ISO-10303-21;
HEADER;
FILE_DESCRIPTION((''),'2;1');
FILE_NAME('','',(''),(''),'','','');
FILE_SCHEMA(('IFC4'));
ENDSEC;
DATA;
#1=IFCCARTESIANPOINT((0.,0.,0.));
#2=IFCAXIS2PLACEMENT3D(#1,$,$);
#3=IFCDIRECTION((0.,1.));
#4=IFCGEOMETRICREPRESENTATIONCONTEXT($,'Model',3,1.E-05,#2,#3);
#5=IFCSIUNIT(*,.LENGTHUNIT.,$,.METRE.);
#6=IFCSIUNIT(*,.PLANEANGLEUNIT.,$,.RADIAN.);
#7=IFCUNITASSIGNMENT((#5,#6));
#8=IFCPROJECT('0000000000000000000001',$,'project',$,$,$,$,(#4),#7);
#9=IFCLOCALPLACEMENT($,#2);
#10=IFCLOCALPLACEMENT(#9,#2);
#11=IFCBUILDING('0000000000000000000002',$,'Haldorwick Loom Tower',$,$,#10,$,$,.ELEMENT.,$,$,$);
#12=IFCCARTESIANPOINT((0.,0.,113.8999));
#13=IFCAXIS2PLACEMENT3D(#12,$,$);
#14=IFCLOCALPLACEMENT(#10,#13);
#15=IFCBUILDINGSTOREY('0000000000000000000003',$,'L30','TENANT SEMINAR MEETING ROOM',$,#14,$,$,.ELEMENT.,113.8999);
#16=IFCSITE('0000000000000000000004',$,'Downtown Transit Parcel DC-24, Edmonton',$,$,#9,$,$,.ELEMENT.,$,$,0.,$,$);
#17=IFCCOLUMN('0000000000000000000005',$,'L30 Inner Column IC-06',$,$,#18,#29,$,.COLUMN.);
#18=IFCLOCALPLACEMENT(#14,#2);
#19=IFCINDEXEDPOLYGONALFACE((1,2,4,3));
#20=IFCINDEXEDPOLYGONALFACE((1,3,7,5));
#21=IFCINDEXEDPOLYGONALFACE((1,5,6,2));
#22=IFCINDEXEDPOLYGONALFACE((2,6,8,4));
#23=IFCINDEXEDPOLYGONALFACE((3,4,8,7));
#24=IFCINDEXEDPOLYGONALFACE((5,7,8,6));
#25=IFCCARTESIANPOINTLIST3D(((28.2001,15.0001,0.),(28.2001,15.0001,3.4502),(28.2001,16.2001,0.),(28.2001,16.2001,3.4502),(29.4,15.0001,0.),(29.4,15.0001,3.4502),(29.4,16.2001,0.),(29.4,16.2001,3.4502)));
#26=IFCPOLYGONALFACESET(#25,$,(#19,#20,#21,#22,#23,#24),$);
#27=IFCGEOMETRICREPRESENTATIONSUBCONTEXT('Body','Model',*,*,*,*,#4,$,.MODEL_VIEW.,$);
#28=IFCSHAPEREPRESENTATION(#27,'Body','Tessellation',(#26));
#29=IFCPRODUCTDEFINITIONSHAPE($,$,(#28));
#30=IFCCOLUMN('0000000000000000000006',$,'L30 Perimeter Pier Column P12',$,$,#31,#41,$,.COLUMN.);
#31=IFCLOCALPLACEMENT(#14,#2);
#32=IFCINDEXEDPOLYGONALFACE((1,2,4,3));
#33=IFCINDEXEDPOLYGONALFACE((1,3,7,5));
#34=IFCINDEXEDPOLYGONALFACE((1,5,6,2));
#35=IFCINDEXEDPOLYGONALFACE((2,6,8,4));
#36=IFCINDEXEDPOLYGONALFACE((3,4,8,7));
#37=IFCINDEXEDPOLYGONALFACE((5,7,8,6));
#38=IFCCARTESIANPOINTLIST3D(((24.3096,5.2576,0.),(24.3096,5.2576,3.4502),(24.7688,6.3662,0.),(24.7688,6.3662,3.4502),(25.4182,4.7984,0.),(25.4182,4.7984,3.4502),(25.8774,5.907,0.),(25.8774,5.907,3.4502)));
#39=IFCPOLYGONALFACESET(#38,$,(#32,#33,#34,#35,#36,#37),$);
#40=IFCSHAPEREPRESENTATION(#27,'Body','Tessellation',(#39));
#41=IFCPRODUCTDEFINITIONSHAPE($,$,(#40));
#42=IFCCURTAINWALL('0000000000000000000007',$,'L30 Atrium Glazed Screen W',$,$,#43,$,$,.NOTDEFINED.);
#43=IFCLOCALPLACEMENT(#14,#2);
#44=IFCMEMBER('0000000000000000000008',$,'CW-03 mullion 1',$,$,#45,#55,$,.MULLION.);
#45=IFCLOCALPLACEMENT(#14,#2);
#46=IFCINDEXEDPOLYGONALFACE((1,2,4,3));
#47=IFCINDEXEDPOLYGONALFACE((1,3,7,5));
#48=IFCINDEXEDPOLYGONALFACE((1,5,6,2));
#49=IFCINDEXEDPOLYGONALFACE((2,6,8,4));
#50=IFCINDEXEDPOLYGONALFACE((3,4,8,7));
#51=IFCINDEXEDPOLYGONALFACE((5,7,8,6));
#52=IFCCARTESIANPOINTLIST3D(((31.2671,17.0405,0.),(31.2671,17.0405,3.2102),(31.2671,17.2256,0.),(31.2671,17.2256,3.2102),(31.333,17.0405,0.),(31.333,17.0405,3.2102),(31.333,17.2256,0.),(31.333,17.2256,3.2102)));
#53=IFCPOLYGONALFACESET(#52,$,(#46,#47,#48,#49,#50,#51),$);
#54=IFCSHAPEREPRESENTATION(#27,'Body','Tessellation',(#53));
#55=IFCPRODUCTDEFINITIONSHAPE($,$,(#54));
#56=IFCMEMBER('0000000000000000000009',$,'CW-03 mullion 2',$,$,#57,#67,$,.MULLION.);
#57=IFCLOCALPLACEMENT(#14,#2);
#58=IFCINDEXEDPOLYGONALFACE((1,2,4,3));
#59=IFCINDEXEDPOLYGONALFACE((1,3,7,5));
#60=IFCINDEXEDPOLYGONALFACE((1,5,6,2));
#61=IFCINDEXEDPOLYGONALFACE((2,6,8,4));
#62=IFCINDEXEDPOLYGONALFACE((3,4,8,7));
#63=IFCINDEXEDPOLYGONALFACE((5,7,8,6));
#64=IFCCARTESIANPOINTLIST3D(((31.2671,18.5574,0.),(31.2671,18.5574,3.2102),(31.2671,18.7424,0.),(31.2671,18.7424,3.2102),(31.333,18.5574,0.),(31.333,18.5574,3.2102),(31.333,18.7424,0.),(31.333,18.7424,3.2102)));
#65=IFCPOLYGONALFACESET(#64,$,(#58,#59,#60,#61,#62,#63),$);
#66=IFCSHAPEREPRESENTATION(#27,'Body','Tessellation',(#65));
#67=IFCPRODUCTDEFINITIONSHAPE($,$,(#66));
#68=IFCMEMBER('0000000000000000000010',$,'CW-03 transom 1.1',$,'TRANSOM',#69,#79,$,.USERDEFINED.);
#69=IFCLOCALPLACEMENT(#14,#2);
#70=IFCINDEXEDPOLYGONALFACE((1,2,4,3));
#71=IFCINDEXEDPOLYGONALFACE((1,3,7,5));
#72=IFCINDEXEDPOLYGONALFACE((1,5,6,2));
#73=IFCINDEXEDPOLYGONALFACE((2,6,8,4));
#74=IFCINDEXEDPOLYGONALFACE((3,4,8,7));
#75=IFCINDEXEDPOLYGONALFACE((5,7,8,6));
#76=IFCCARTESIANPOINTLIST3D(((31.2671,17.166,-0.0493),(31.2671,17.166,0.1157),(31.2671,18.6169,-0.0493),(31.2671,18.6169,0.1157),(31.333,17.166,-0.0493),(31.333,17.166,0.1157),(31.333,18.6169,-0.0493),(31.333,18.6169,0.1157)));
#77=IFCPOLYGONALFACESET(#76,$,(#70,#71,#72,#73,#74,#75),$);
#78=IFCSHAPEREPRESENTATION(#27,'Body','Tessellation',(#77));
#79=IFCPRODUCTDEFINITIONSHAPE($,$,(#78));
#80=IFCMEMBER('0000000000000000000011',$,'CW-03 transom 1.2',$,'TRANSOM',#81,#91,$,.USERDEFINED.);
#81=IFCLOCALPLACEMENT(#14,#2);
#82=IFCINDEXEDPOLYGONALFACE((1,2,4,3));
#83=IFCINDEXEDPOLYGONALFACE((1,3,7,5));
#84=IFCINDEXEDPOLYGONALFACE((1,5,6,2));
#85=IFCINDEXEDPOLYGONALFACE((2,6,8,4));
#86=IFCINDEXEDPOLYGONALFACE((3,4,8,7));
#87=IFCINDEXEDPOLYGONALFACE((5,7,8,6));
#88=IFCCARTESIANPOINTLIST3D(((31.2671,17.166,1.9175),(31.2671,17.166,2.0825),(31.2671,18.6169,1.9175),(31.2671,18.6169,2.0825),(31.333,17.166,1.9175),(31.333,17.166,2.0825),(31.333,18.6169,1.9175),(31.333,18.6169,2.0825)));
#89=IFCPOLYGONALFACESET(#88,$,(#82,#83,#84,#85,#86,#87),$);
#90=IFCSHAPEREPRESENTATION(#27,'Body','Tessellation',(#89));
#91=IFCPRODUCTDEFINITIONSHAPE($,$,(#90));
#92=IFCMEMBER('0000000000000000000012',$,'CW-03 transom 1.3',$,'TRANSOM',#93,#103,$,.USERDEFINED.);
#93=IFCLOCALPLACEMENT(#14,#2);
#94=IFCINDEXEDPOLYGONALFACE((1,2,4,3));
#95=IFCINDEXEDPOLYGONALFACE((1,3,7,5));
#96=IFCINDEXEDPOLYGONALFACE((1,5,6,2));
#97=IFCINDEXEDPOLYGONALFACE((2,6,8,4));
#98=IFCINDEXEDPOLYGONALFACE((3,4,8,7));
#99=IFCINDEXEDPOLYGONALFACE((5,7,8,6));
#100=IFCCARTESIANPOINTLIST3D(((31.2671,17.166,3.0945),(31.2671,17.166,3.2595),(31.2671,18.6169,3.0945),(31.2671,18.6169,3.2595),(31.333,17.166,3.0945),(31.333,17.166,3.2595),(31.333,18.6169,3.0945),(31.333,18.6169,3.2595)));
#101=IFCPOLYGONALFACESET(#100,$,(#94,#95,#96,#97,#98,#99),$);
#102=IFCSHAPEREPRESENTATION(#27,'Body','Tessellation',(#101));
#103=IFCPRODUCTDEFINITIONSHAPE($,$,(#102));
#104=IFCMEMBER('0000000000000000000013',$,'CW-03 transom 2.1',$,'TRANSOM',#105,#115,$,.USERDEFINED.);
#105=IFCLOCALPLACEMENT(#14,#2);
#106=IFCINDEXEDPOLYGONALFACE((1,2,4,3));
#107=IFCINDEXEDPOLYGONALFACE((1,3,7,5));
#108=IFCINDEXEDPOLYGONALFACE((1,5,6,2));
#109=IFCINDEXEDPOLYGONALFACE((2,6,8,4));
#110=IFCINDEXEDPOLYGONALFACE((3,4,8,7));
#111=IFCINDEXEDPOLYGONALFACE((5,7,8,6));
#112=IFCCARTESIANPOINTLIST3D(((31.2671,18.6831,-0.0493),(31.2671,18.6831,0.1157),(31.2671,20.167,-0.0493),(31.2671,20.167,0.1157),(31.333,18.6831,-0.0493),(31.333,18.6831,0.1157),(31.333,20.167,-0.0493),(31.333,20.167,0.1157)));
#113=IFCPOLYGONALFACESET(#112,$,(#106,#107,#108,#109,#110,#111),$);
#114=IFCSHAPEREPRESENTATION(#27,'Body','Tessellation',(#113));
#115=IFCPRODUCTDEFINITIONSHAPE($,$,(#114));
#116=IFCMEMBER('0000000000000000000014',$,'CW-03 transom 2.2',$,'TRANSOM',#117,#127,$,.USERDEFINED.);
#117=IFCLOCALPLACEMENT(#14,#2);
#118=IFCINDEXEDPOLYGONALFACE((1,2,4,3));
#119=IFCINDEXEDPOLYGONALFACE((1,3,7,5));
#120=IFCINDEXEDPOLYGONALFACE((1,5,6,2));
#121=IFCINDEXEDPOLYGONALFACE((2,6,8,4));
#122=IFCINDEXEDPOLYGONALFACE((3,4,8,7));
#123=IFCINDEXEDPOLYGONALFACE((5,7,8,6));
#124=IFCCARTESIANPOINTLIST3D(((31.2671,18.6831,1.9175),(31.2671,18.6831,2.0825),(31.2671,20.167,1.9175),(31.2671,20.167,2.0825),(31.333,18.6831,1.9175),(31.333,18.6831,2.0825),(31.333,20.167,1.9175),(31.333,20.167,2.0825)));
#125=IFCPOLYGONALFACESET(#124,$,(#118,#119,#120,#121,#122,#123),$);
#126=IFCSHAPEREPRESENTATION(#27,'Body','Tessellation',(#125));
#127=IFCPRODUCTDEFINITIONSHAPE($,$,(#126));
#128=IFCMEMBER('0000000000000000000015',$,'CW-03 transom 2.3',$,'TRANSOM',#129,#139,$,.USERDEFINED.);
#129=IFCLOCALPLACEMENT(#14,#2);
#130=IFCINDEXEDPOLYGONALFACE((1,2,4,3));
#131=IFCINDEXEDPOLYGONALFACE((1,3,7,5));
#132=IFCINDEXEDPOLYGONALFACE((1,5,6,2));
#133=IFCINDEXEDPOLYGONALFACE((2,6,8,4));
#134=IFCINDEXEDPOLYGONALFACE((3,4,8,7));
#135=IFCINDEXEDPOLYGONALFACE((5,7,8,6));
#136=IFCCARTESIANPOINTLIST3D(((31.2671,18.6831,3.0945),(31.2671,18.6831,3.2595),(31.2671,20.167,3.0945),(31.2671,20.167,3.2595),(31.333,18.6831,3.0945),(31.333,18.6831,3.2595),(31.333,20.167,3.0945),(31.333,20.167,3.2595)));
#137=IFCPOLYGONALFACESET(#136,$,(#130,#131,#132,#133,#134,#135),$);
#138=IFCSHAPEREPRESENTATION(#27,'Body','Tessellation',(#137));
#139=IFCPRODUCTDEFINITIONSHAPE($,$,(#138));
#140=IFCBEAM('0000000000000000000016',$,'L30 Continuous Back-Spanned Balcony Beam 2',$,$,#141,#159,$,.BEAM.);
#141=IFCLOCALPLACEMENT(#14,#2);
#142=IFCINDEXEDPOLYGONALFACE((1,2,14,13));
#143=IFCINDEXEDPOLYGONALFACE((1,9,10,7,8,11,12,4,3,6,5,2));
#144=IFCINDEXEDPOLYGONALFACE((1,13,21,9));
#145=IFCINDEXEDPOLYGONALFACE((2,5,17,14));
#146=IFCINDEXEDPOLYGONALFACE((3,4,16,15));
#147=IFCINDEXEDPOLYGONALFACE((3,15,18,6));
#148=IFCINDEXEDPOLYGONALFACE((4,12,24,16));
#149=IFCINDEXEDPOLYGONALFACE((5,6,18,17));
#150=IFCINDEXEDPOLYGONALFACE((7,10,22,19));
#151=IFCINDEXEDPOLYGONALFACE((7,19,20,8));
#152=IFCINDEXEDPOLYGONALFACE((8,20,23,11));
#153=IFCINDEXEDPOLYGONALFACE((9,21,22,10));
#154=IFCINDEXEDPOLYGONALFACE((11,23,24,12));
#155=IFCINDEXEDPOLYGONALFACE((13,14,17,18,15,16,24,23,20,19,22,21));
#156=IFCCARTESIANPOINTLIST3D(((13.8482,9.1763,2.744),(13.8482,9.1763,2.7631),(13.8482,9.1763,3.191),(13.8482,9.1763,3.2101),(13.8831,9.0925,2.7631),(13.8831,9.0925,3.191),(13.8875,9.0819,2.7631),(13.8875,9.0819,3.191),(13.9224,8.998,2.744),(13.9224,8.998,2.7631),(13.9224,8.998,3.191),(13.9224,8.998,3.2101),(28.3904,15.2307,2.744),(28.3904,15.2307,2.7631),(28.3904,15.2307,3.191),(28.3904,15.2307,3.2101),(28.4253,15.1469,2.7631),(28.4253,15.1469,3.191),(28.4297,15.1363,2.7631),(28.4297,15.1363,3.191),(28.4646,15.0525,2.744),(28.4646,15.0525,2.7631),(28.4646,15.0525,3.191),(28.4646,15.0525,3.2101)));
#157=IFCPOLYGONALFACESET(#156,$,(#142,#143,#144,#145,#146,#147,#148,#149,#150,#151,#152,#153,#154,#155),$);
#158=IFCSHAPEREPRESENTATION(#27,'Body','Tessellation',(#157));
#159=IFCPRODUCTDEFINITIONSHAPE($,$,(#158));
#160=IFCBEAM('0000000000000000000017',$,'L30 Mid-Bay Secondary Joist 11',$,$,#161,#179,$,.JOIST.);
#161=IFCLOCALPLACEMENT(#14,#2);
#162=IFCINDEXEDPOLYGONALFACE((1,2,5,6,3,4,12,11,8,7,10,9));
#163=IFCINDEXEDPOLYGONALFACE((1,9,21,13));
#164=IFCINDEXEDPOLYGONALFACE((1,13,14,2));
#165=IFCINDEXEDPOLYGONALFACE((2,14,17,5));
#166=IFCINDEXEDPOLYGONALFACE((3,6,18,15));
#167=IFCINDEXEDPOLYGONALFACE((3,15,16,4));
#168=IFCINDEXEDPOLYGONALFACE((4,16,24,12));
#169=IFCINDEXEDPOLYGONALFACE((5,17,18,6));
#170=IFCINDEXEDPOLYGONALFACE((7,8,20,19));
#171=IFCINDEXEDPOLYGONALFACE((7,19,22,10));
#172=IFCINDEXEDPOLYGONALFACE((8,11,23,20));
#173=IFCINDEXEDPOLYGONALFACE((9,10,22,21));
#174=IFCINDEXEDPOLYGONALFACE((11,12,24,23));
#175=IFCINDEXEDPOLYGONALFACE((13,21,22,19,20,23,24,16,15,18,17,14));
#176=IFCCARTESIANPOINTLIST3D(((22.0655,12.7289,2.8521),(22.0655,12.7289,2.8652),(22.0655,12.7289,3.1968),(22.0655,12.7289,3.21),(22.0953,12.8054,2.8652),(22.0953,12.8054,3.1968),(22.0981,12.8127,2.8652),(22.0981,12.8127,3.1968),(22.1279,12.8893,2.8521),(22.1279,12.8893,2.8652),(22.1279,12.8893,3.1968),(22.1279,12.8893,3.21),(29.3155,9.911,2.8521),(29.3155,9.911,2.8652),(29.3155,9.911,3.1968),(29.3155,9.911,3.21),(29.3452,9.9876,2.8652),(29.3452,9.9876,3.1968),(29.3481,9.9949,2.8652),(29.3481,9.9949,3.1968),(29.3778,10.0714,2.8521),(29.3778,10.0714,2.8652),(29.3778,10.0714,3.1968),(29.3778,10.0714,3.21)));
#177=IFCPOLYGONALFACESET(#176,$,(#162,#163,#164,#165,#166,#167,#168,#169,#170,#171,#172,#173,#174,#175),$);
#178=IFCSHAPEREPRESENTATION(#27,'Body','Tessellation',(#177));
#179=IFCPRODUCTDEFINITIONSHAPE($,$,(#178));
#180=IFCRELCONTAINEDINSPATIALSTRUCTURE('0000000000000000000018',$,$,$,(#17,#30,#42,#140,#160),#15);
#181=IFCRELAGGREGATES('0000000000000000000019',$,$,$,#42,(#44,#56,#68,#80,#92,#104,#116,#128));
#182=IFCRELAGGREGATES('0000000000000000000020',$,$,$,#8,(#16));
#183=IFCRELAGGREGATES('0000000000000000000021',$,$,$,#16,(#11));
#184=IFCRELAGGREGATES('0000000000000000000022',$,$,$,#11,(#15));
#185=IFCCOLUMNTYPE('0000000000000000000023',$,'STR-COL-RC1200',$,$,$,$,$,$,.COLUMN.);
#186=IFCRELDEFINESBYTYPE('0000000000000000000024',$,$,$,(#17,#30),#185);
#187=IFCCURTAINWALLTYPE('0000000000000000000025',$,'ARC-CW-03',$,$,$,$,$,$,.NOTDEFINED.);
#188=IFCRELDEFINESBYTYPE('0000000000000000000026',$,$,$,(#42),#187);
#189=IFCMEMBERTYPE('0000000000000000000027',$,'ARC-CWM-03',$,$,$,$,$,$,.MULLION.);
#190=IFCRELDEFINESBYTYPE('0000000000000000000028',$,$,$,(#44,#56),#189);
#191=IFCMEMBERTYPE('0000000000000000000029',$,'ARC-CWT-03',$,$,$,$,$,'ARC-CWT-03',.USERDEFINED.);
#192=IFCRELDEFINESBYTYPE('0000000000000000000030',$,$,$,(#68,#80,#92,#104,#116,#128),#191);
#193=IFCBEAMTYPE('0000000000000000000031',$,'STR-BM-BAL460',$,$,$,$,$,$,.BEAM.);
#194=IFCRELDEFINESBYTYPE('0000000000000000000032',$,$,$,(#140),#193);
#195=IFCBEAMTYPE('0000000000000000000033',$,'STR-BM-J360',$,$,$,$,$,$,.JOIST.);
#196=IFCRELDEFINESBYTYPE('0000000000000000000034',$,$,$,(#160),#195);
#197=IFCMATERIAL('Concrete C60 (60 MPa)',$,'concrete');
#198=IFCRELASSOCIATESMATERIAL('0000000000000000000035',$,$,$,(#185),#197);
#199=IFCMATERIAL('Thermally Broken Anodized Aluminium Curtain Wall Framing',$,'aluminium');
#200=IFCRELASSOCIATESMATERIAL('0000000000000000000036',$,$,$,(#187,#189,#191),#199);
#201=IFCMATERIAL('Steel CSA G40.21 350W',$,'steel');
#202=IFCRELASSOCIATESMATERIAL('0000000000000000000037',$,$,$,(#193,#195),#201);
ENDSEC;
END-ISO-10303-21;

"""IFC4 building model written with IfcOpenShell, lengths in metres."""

from ifc_helpers import new_model, si_unit, direction, frame, origin, origin_2d, place, context, subcontext, project, spatial, rectangle, i_section, extrude, material, material_profile, profile_set, type_object, element, aggregate, save


model = new_model("IFC4")

# Units and contexts
model_context = context("Model", 3, precision=1e-05, world=origin(), true_north=direction((0.0, 1.0)))
body_context = subcontext(model_context, "Body", "Model", "MODEL_VIEW")
ifc_project = project(units=[si_unit("LENGTHUNIT", "METRE"), si_unit("PLANEANGLEUNIT", "RADIAN")], contexts=[model_context])

# Site, building, storey
site_placement = place(None, origin())
site = spatial("IfcSite", under=ifc_project, at=site_placement, Name="Downtown Transit Parcel DC-24, Edmonton", CompositionType="ELEMENT", RefElevation=0.0)
building_placement = place(site_placement, origin())
building = spatial("IfcBuilding", under=site, at=building_placement, Name="Haldorwick Loom Tower", CompositionType="ELEMENT")
storey_placement = place(building_placement, frame((0.0, 0.0, 113.8999)))
storey = spatial("IfcBuildingStorey", under=building, at=storey_placement, Name="L30", Description="TENANT SEMINAR MEETING ROOM", CompositionType="ELEMENT", Elevation=113.8999)

# Columns
ifc_material_1 = material(Name="Concrete C60 (60 MPa)", Category="concrete")
ifc_material_profile_1 = material_profile(ifc_material_1, rectangle(XDim=1.2, YDim=1.2, at=origin_2d()), Name="RC1200X1200", Category="concrete")
ifc_profile_set_1 = profile_set([ifc_material_profile_1], Name="Concrete C60 (60 MPa)")
column_type = type_object("IfcColumnType", Name="STR-COL-RC1200", PredefinedType="COLUMN", material=ifc_profile_set_1)
for number, where, z_axis, x_axis, name in (
    (1, (28.8, 15.6001, 0.0), (0.0, 0.0, 1.0), (1.0, 0.0, 0.0), "L30 Inner Column IC-06"),
    (2, (25.0935, 5.5823, 0.0), (0.0, 0.0, 1.0), (-0.382683, -0.92388, 0.0), "L30 Perimeter Pier Column P12"),
):
    element("IfcColumn", number, at=place(storey_placement, frame(where, z_axis=z_axis, x_axis=x_axis)), inside=storey, type_object=column_type, Name=name, PredefinedType="COLUMN", context=body_context, shape_type="SweptSolid", body=[
        extrude(rectangle(XDim=1.2, YDim=1.2, at=origin_2d()), origin(), (0.0, 0.0, 1.0), 3.4502),
    ])

# Curtain wall, members
ifc_material_2 = material(Name="Thermally Broken Anodized Aluminium Curtain Wall Framing", Category="aluminium")
curtain_wall_type = type_object("IfcCurtainWallType", Name="ARC-CW-03", PredefinedType="NOTDEFINED", material=ifc_material_2)
curtain_wall_placement = place(storey_placement, origin())
curtain_wall = element("IfcCurtainWall", 3, at=curtain_wall_placement, inside=storey, type_object=curtain_wall_type, Name="L30 Atrium Glazed Screen W", PredefinedType="NOTDEFINED")
ifc_material_profile_2 = material_profile(ifc_material_2, rectangle(XDim=0.0659, YDim=0.1851, at=origin_2d()), Name="ALU_MUL_66X185", Category="aluminium")
ifc_profile_set_2 = profile_set([ifc_material_profile_2], Name="Thermally Broken Anodized Aluminium Curtain Wall Framing")
member_type_1 = type_object("IfcMemberType", Name="ARC-CWM-03", PredefinedType="MULLION", material=ifc_profile_set_2)
member_1_placement = place(storey_placement, frame((31.3, 17.1331, 0.0), z_axis=(0.0, 0.0, 1.0), x_axis=(-1.0, 0.0, 0.0)))
member_1 = element("IfcMember", 4, at=member_1_placement, type_object=member_type_1, Name="CW-03 mullion 1", PredefinedType="MULLION", context=body_context, shape_type="SweptSolid", body=[
    extrude(rectangle(XDim=0.0659, YDim=0.1851, at=origin_2d()), origin(), (0.0, 0.0, 1.0), 3.2102),
])
member_2_placement = place(storey_placement, frame((31.3, 18.6499, 0.0), z_axis=(0.0, 0.0, 1.0), x_axis=(-1.0, 0.0, 0.0)))
member_2 = element("IfcMember", 5, at=member_2_placement, type_object=member_type_1, Name="CW-03 mullion 2", PredefinedType="MULLION", context=body_context, shape_type="SweptSolid", body=[
    extrude(rectangle(XDim=0.0659, YDim=0.1851, at=origin_2d()), origin(), (0.0, 0.0, 1.0), 3.2102),
])
ifc_material_profile_3 = material_profile(ifc_material_2, rectangle(XDim=0.0659, YDim=0.165, at=origin_2d()), Name="ALU_TRN_66X165", Category="aluminium")
ifc_profile_set_3 = profile_set([ifc_material_profile_3], Name="Thermally Broken Anodized Aluminium Curtain Wall Framing")
member_type_2 = type_object("IfcMemberType", Name="ARC-CWT-03", ElementType="ARC-CWT-03", PredefinedType="USERDEFINED", material=ifc_profile_set_3)
member_3_placement = place(storey_placement, frame((31.3, 17.166, 0.0332), z_axis=(0.0, 1.0, 0.0), x_axis=(-1.0, 0.0, 0.0)))
member_3 = element("IfcMember", 6, at=member_3_placement, type_object=member_type_2, Name="CW-03 transom 1.1", ObjectType="TRANSOM", PredefinedType="USERDEFINED", context=body_context, shape_type="SweptSolid", body=[
    extrude(rectangle(XDim=0.0659, YDim=0.165, at=origin_2d()), origin(), (0.0, 0.0, 1.0), 1.4509),
])
member_4_placement = place(storey_placement, frame((31.3, 17.166, 2.0), z_axis=(0.0, 1.0, 0.0), x_axis=(-1.0, 0.0, 0.0)))
member_4 = element("IfcMember", 7, at=member_4_placement, type_object=member_type_2, Name="CW-03 transom 1.2", ObjectType="TRANSOM", PredefinedType="USERDEFINED", context=body_context, shape_type="SweptSolid", body=[
    extrude(rectangle(XDim=0.0659, YDim=0.165, at=origin_2d()), origin(), (0.0, 0.0, 1.0), 1.4509),
])
member_5_placement = place(storey_placement, frame((31.3, 17.166, 3.177), z_axis=(0.0, 1.0, 0.0), x_axis=(-1.0, 0.0, 0.0)))
member_5 = element("IfcMember", 8, at=member_5_placement, type_object=member_type_2, Name="CW-03 transom 1.3", ObjectType="TRANSOM", PredefinedType="USERDEFINED", context=body_context, shape_type="SweptSolid", body=[
    extrude(rectangle(XDim=0.0659, YDim=0.165, at=origin_2d()), origin(), (0.0, 0.0, 1.0), 1.4509),
])
member_6_placement = place(storey_placement, frame((31.3, 18.6831, 0.0332), z_axis=(0.0, 1.0, 0.0), x_axis=(-1.0, 0.0, 0.0)))
member_6 = element("IfcMember", 9, at=member_6_placement, type_object=member_type_2, Name="CW-03 transom 2.1", ObjectType="TRANSOM", PredefinedType="USERDEFINED", context=body_context, shape_type="SweptSolid", body=[
    extrude(rectangle(XDim=0.0659, YDim=0.165, at=origin_2d()), origin(), (0.0, 0.0, 1.0), 1.4839),
])
member_7_placement = place(storey_placement, frame((31.3, 18.6831, 2.0), z_axis=(0.0, 1.0, 0.0), x_axis=(-1.0, 0.0, 0.0)))
member_7 = element("IfcMember", 10, at=member_7_placement, type_object=member_type_2, Name="CW-03 transom 2.2", ObjectType="TRANSOM", PredefinedType="USERDEFINED", context=body_context, shape_type="SweptSolid", body=[
    extrude(rectangle(XDim=0.0659, YDim=0.165, at=origin_2d()), origin(), (0.0, 0.0, 1.0), 1.4839),
])
member_8_placement = place(storey_placement, frame((31.3, 18.6831, 3.177), z_axis=(0.0, 1.0, 0.0), x_axis=(-1.0, 0.0, 0.0)))
member_8 = element("IfcMember", 11, at=member_8_placement, type_object=member_type_2, Name="CW-03 transom 2.3", ObjectType="TRANSOM", PredefinedType="USERDEFINED", context=body_context, shape_type="SweptSolid", body=[
    extrude(rectangle(XDim=0.0659, YDim=0.165, at=origin_2d()), origin(), (0.0, 0.0, 1.0), 1.4839),
])

# Beams
ifc_material_3 = material(Name="Steel CSA G40.21 350W", Category="steel")
ifc_material_profile_4 = material_profile(ifc_material_3, i_section(OverallWidth=0.1931, OverallDepth=0.4661, WebThickness=0.0115, FlangeThickness=0.019, at=origin_2d()), Name="W460X97", Category="steel")
ifc_profile_set_4 = profile_set([ifc_material_profile_4], Name="Steel CSA G40.21 350W")
beam_type_1 = type_object("IfcBeamType", Name="STR-BM-BAL460", PredefinedType="BEAM", material=ifc_profile_set_4)
beam_1_placement = place(storey_placement, frame((28.4275, 15.1416, 2.9771), z_axis=(-0.923186, -0.384355, 0.0), x_axis=(0.384355, -0.923186, 0.0)))
element("IfcBeam", 12, at=beam_1_placement, inside=storey, type_object=beam_type_1, Name="L30 Continuous Back-Spanned Balcony Beam 2", PredefinedType="BEAM", context=body_context, shape_type="SweptSolid", body=[
    extrude(i_section(OverallWidth=0.1931, OverallDepth=0.4661, WebThickness=0.0115, FlangeThickness=0.019, at=origin_2d()), origin(), (0.0, 0.0, 1.0), 15.7522),
])
ifc_material_profile_5 = material_profile(ifc_material_3, i_section(OverallWidth=0.1721, OverallDepth=0.3579, WebThickness=0.0078, FlangeThickness=0.0132, at=origin_2d()), Name="W360X57", Category="steel")
ifc_profile_set_5 = profile_set([ifc_material_profile_5], Name="Steel CSA G40.21 350W")
beam_type_2 = type_object("IfcBeamType", Name="STR-BM-J360", PredefinedType="JOIST", material=ifc_profile_set_5)
beam_2_placement = place(storey_placement, frame((22.0967, 12.8091, 3.031), z_axis=(0.932073, -0.362271, 0.0), x_axis=(0.362271, 0.932073, 0.0)))
element("IfcBeam", 13, at=beam_2_placement, inside=storey, type_object=beam_type_2, Name="L30 Mid-Bay Secondary Joist 11", PredefinedType="JOIST", context=body_context, shape_type="SweptSolid", body=[
    extrude(i_section(OverallWidth=0.1721, OverallDepth=0.3579, WebThickness=0.0078, FlangeThickness=0.0132, at=origin_2d()), origin(), (0.0, 0.0, 1.0), 7.7783),
])

aggregate(curtain_wall, [member_1, member_2, member_3, member_4, member_5, member_6, member_7, member_8])

save(model, "model.ifc")
